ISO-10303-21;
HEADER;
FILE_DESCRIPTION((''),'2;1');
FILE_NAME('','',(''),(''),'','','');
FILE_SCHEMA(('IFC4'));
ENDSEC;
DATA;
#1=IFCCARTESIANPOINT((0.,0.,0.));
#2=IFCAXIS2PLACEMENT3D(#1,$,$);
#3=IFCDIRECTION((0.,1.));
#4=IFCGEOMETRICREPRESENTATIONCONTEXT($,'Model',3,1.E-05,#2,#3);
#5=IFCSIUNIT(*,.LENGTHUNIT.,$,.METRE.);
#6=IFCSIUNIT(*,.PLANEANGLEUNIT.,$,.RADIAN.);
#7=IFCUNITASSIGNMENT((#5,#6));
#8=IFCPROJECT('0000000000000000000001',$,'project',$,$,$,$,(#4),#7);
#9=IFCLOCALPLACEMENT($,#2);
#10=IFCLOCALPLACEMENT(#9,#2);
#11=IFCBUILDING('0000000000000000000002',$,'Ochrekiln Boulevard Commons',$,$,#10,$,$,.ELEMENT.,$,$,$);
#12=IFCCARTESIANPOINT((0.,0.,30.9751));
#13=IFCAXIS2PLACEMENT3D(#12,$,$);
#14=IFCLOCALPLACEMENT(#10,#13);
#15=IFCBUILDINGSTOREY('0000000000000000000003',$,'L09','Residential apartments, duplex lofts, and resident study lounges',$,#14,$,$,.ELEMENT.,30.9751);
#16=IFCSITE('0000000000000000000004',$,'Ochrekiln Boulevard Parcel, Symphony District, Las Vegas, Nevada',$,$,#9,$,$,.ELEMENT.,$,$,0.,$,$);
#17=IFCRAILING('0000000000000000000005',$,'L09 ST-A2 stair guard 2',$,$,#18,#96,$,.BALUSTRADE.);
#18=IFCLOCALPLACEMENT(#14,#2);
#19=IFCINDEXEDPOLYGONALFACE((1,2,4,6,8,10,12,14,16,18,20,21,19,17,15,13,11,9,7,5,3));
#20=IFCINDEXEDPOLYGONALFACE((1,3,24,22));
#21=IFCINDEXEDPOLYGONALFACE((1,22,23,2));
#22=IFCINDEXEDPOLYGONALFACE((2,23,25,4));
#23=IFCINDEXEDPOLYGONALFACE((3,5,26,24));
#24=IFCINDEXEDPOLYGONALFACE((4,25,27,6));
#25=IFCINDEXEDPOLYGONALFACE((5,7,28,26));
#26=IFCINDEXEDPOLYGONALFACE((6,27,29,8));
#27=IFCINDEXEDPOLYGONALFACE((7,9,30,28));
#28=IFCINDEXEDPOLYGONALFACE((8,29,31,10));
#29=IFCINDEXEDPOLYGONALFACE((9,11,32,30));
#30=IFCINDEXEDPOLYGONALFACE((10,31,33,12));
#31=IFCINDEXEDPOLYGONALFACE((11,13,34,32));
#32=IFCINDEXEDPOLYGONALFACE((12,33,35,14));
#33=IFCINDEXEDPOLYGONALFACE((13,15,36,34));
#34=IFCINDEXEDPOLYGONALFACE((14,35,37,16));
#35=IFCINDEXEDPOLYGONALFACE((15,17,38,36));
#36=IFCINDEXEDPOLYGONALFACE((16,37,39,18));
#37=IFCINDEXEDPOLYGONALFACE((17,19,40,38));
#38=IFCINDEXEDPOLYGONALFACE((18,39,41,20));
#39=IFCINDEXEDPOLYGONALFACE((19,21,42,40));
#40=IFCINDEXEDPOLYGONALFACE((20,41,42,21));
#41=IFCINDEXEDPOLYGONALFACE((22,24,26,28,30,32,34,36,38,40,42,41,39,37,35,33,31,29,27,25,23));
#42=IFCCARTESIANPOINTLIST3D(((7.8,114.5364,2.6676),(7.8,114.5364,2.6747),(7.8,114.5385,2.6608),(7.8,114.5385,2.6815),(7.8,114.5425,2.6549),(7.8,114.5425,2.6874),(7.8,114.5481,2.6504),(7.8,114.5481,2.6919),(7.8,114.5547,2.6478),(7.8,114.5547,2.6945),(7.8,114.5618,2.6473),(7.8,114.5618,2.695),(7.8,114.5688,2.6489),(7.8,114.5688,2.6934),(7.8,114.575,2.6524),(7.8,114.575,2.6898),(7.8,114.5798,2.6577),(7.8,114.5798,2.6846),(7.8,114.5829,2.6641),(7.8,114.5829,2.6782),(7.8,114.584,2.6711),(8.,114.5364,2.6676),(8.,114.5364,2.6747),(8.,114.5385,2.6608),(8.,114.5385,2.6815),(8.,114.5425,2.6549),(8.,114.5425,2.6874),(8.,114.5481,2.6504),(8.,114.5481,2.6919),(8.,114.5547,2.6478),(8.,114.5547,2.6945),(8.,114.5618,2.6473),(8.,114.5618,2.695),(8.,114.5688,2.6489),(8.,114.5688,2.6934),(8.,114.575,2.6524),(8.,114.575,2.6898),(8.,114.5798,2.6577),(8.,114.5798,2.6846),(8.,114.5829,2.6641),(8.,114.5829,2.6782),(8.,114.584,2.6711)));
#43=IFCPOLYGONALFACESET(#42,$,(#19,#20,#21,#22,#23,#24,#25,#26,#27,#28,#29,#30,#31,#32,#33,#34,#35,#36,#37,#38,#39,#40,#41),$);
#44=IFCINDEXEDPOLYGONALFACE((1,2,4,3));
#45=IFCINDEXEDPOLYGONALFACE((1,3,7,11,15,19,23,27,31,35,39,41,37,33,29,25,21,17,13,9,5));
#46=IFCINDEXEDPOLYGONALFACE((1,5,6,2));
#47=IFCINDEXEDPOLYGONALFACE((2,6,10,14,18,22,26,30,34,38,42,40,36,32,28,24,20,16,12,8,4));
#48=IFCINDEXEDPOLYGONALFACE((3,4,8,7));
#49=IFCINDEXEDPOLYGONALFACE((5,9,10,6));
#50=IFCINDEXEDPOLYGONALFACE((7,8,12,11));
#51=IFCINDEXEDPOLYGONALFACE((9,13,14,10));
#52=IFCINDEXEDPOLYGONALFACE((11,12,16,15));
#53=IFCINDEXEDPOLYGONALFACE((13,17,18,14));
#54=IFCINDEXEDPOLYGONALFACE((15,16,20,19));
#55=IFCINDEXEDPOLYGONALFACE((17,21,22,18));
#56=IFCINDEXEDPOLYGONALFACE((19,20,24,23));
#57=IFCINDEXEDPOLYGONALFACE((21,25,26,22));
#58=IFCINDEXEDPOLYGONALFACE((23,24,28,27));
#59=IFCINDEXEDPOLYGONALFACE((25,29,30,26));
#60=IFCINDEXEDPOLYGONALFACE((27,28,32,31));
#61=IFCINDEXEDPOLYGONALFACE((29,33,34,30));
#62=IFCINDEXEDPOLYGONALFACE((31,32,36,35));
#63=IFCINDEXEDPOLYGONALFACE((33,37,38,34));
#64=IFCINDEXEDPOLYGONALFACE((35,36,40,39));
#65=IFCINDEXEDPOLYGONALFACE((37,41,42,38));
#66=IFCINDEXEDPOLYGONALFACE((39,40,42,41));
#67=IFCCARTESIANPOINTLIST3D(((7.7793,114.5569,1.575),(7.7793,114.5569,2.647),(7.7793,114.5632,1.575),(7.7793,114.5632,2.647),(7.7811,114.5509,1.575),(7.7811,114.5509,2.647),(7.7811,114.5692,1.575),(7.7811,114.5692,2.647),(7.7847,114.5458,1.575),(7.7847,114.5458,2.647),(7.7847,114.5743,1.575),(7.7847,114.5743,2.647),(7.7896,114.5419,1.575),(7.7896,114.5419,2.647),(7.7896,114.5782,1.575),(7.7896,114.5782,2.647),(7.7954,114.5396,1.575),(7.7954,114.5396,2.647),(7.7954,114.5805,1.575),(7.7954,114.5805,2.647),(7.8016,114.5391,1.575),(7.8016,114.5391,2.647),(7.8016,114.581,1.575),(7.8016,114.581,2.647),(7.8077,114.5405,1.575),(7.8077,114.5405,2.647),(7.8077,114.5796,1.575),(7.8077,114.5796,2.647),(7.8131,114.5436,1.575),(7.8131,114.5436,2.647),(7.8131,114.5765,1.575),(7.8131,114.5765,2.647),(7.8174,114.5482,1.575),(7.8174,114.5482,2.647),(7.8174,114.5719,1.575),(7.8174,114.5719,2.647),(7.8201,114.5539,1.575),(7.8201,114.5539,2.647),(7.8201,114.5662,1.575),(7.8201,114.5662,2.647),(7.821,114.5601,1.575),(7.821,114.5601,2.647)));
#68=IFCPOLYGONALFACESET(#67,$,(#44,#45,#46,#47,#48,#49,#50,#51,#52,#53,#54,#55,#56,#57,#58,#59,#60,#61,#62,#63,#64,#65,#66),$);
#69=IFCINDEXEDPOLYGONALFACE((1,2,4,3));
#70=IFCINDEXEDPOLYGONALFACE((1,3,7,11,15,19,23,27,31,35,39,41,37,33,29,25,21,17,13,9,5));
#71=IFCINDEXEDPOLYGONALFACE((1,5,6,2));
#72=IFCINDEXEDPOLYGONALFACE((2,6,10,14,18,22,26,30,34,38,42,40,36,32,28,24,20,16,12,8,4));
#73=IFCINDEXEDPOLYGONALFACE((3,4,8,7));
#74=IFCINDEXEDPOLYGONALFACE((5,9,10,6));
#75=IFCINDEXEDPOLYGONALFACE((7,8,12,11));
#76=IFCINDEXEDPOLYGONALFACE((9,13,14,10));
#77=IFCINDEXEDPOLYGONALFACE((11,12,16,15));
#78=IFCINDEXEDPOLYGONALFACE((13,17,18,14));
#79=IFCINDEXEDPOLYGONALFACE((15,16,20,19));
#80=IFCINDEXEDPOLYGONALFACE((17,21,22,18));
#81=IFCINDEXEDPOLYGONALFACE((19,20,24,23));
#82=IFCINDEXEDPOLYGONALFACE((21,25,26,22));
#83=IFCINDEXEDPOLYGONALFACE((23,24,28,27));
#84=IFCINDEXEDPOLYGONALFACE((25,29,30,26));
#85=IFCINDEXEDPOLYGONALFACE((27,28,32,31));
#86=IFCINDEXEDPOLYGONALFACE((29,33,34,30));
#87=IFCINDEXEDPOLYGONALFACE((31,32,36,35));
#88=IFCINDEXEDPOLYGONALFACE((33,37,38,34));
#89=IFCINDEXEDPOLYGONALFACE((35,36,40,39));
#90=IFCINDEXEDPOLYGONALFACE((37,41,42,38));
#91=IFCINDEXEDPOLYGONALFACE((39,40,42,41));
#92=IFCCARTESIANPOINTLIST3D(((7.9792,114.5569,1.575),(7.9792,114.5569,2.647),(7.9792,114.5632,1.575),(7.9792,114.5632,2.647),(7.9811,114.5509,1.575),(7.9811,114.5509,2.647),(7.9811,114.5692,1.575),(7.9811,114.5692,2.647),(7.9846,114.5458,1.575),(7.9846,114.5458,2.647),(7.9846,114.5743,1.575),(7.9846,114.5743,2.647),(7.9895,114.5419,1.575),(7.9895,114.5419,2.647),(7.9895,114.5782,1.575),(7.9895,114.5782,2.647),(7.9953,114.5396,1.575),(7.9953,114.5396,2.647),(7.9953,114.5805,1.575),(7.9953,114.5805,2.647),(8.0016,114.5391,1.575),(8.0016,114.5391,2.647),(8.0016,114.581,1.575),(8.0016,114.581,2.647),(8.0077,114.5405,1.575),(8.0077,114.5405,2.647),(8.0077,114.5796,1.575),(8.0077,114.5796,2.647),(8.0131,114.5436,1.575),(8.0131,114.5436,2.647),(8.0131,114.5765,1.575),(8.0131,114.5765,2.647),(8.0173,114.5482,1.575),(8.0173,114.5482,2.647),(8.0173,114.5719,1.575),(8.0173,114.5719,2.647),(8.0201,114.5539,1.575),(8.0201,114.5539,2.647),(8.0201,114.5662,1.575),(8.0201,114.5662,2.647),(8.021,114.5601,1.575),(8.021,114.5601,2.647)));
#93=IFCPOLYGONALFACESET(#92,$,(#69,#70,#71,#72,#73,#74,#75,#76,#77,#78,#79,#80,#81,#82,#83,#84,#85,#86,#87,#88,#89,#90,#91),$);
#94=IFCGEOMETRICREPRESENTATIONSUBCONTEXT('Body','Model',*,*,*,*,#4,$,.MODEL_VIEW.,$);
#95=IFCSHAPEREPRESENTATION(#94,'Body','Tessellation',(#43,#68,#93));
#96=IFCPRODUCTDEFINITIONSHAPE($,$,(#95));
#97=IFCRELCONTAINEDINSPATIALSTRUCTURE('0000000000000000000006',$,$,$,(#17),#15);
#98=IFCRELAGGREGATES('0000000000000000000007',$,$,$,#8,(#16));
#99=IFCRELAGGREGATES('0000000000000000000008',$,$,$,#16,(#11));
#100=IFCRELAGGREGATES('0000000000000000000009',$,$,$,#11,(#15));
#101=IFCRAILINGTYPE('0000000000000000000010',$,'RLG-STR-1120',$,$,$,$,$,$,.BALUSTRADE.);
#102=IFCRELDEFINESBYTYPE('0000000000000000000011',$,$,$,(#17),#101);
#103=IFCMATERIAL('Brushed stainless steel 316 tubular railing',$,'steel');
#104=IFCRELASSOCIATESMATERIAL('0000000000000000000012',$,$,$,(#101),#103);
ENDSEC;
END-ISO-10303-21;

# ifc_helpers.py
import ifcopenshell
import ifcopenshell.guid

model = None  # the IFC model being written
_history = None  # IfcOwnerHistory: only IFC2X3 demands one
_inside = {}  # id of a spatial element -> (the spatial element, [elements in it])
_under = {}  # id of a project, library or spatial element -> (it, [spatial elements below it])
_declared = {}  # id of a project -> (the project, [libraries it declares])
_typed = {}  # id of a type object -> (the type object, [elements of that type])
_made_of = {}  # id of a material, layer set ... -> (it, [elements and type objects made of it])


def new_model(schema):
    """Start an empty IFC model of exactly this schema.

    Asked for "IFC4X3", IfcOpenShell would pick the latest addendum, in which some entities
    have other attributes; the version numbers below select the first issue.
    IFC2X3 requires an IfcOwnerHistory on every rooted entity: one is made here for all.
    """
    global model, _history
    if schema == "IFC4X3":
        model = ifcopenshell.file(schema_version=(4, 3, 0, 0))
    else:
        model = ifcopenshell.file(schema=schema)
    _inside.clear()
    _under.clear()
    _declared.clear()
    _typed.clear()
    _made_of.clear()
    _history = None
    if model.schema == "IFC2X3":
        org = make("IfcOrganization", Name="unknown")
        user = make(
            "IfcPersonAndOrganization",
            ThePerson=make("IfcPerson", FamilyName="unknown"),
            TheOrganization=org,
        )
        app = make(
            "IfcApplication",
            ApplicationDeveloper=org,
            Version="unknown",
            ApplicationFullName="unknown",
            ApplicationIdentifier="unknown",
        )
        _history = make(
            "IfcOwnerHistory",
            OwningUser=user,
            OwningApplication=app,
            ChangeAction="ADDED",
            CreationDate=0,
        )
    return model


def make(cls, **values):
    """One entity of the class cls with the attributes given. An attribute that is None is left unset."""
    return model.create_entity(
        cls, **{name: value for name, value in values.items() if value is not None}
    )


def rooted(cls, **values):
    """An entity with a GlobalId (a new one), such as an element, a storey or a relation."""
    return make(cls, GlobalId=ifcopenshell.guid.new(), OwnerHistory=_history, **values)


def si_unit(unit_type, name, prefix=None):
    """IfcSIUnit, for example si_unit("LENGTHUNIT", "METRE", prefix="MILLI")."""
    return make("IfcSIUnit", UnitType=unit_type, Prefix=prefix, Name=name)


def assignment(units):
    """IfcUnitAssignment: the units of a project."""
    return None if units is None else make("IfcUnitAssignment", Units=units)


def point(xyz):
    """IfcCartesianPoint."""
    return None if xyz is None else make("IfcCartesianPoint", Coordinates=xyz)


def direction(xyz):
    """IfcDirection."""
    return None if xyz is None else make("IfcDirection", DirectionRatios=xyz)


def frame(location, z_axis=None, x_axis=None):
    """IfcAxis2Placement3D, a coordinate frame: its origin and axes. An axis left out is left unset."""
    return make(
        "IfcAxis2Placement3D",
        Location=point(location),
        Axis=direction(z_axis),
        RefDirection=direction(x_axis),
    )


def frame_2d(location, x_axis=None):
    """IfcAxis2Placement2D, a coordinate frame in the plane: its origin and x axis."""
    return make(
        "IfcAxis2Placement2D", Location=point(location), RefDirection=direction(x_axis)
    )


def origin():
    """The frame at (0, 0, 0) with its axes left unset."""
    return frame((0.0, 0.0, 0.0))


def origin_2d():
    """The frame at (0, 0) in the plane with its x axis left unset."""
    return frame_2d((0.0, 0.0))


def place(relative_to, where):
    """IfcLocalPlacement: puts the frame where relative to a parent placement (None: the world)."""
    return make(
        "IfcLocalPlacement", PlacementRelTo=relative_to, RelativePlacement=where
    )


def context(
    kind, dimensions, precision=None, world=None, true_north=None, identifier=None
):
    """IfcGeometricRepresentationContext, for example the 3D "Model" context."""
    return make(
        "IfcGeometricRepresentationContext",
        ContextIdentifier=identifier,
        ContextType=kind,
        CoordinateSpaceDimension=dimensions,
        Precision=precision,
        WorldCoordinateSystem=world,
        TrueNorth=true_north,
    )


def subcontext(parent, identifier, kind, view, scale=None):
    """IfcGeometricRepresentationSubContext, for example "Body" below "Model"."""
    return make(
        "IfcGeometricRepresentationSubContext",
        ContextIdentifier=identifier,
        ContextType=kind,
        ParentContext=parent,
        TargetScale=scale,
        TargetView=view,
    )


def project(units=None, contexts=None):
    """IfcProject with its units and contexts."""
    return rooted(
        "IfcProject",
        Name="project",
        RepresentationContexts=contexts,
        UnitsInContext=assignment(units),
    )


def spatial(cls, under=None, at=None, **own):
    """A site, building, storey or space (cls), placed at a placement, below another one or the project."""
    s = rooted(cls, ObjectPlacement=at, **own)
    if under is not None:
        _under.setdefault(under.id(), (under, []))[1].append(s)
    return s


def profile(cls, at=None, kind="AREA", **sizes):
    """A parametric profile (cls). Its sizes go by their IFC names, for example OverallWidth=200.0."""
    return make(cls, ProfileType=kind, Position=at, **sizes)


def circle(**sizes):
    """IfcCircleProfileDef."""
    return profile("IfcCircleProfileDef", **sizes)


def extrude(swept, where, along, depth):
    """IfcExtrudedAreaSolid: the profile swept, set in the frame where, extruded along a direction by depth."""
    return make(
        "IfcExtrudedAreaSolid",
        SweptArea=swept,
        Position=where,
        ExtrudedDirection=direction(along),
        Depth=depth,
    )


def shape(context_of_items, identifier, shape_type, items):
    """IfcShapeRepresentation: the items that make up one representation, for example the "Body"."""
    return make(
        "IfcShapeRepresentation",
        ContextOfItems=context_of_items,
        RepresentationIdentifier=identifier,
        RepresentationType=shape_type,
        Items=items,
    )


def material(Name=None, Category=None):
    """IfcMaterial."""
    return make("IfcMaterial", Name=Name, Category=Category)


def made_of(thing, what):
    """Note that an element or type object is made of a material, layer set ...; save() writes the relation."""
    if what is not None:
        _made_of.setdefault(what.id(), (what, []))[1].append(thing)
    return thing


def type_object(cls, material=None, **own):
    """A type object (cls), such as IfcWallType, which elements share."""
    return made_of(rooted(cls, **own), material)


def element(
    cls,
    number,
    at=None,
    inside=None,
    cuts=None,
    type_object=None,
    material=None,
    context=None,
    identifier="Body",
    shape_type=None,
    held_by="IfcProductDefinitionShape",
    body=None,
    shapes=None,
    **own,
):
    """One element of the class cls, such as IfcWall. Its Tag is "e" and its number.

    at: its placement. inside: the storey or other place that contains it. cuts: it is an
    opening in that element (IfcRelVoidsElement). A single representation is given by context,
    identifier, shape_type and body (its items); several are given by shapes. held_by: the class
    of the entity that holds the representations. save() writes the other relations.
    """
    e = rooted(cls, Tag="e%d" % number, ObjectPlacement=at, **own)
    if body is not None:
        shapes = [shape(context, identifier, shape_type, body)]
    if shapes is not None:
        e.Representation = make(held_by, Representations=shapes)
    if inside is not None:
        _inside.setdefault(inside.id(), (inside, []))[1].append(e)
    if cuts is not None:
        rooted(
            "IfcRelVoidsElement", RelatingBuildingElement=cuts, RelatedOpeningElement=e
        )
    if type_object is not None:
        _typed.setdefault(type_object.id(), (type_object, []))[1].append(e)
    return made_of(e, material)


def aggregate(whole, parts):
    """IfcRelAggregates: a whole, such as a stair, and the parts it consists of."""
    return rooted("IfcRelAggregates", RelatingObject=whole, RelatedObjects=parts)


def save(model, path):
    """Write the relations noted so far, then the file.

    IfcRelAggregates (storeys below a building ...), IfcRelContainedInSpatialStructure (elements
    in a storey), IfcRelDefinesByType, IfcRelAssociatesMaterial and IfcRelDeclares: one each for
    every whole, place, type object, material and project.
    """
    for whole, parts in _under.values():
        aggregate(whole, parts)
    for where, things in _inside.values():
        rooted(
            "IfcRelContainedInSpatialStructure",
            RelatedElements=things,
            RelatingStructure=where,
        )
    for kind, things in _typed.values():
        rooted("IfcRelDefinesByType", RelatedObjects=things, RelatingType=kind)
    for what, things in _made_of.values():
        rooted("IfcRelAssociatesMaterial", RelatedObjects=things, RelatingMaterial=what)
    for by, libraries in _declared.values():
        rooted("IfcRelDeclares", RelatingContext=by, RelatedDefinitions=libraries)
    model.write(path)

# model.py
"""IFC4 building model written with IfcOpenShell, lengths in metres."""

from ifc_helpers import new_model, si_unit, direction, frame, origin, origin_2d, place, context, subcontext, project, spatial, circle, extrude, material, type_object, element, save


model = new_model("IFC4")

# Units and contexts
model_context = context("Model", 3, precision=1e-05, world=origin(), true_north=direction((0.0, 1.0)))
body_context = subcontext(model_context, "Body", "Model", "MODEL_VIEW")
ifc_project = project(units=[si_unit("LENGTHUNIT", "METRE"), si_unit("PLANEANGLEUNIT", "RADIAN")], contexts=[model_context])

# Site, building, storey
site_placement = place(None, origin())
site = spatial("IfcSite", under=ifc_project, at=site_placement, Name="Ochrekiln Boulevard Parcel, Symphony District, Las Vegas, Nevada", CompositionType="ELEMENT", RefElevation=0.0)
building_placement = place(site_placement, origin())
building = spatial("IfcBuilding", under=site, at=building_placement, Name="Ochrekiln Boulevard Commons", CompositionType="ELEMENT")
storey_placement = place(building_placement, frame((0.0, 0.0, 30.9751)))
storey = spatial("IfcBuildingStorey", under=building, at=storey_placement, Name="L09", Description="Residential apartments, duplex lofts, and resident study lounges", CompositionType="ELEMENT", Elevation=30.9751)

# Railing
ifc_material_1 = material(Name="Brushed stainless steel 316 tubular railing", Category="steel")
railing_type_1 = type_object("IfcRailingType", Name="RLG-STR-1120", PredefinedType="BALUSTRADE", material=ifc_material_1)
railing_1_placement = place(storey_placement, frame((7.8, 114.5601, 1.575)))
element("IfcRailing", 1, at=railing_1_placement, inside=storey, type_object=railing_type_1, Name="L09 ST-A2 stair guard 2", PredefinedType="BALUSTRADE", context=body_context, shape_type="SweptSolid", body=[
    extrude(circle(Radius=0.0239, at=origin_2d()), frame((0.0, 0.0, 1.0962), z_axis=(1.0, 0.0, 0.0), x_axis=(0.0, 1.0, 0.0)), (0.0, 0.0, 1.0), 0.2),
    extrude(circle(Radius=0.021, at=origin_2d()), origin(), (0.0, 0.0, 1.0), 1.072),
    extrude(circle(Radius=0.021, at=origin_2d()), frame((0.2, 0.0, 0.0)), (0.0, 0.0, 1.0), 1.072),
])

save(model, "model.ifc")
